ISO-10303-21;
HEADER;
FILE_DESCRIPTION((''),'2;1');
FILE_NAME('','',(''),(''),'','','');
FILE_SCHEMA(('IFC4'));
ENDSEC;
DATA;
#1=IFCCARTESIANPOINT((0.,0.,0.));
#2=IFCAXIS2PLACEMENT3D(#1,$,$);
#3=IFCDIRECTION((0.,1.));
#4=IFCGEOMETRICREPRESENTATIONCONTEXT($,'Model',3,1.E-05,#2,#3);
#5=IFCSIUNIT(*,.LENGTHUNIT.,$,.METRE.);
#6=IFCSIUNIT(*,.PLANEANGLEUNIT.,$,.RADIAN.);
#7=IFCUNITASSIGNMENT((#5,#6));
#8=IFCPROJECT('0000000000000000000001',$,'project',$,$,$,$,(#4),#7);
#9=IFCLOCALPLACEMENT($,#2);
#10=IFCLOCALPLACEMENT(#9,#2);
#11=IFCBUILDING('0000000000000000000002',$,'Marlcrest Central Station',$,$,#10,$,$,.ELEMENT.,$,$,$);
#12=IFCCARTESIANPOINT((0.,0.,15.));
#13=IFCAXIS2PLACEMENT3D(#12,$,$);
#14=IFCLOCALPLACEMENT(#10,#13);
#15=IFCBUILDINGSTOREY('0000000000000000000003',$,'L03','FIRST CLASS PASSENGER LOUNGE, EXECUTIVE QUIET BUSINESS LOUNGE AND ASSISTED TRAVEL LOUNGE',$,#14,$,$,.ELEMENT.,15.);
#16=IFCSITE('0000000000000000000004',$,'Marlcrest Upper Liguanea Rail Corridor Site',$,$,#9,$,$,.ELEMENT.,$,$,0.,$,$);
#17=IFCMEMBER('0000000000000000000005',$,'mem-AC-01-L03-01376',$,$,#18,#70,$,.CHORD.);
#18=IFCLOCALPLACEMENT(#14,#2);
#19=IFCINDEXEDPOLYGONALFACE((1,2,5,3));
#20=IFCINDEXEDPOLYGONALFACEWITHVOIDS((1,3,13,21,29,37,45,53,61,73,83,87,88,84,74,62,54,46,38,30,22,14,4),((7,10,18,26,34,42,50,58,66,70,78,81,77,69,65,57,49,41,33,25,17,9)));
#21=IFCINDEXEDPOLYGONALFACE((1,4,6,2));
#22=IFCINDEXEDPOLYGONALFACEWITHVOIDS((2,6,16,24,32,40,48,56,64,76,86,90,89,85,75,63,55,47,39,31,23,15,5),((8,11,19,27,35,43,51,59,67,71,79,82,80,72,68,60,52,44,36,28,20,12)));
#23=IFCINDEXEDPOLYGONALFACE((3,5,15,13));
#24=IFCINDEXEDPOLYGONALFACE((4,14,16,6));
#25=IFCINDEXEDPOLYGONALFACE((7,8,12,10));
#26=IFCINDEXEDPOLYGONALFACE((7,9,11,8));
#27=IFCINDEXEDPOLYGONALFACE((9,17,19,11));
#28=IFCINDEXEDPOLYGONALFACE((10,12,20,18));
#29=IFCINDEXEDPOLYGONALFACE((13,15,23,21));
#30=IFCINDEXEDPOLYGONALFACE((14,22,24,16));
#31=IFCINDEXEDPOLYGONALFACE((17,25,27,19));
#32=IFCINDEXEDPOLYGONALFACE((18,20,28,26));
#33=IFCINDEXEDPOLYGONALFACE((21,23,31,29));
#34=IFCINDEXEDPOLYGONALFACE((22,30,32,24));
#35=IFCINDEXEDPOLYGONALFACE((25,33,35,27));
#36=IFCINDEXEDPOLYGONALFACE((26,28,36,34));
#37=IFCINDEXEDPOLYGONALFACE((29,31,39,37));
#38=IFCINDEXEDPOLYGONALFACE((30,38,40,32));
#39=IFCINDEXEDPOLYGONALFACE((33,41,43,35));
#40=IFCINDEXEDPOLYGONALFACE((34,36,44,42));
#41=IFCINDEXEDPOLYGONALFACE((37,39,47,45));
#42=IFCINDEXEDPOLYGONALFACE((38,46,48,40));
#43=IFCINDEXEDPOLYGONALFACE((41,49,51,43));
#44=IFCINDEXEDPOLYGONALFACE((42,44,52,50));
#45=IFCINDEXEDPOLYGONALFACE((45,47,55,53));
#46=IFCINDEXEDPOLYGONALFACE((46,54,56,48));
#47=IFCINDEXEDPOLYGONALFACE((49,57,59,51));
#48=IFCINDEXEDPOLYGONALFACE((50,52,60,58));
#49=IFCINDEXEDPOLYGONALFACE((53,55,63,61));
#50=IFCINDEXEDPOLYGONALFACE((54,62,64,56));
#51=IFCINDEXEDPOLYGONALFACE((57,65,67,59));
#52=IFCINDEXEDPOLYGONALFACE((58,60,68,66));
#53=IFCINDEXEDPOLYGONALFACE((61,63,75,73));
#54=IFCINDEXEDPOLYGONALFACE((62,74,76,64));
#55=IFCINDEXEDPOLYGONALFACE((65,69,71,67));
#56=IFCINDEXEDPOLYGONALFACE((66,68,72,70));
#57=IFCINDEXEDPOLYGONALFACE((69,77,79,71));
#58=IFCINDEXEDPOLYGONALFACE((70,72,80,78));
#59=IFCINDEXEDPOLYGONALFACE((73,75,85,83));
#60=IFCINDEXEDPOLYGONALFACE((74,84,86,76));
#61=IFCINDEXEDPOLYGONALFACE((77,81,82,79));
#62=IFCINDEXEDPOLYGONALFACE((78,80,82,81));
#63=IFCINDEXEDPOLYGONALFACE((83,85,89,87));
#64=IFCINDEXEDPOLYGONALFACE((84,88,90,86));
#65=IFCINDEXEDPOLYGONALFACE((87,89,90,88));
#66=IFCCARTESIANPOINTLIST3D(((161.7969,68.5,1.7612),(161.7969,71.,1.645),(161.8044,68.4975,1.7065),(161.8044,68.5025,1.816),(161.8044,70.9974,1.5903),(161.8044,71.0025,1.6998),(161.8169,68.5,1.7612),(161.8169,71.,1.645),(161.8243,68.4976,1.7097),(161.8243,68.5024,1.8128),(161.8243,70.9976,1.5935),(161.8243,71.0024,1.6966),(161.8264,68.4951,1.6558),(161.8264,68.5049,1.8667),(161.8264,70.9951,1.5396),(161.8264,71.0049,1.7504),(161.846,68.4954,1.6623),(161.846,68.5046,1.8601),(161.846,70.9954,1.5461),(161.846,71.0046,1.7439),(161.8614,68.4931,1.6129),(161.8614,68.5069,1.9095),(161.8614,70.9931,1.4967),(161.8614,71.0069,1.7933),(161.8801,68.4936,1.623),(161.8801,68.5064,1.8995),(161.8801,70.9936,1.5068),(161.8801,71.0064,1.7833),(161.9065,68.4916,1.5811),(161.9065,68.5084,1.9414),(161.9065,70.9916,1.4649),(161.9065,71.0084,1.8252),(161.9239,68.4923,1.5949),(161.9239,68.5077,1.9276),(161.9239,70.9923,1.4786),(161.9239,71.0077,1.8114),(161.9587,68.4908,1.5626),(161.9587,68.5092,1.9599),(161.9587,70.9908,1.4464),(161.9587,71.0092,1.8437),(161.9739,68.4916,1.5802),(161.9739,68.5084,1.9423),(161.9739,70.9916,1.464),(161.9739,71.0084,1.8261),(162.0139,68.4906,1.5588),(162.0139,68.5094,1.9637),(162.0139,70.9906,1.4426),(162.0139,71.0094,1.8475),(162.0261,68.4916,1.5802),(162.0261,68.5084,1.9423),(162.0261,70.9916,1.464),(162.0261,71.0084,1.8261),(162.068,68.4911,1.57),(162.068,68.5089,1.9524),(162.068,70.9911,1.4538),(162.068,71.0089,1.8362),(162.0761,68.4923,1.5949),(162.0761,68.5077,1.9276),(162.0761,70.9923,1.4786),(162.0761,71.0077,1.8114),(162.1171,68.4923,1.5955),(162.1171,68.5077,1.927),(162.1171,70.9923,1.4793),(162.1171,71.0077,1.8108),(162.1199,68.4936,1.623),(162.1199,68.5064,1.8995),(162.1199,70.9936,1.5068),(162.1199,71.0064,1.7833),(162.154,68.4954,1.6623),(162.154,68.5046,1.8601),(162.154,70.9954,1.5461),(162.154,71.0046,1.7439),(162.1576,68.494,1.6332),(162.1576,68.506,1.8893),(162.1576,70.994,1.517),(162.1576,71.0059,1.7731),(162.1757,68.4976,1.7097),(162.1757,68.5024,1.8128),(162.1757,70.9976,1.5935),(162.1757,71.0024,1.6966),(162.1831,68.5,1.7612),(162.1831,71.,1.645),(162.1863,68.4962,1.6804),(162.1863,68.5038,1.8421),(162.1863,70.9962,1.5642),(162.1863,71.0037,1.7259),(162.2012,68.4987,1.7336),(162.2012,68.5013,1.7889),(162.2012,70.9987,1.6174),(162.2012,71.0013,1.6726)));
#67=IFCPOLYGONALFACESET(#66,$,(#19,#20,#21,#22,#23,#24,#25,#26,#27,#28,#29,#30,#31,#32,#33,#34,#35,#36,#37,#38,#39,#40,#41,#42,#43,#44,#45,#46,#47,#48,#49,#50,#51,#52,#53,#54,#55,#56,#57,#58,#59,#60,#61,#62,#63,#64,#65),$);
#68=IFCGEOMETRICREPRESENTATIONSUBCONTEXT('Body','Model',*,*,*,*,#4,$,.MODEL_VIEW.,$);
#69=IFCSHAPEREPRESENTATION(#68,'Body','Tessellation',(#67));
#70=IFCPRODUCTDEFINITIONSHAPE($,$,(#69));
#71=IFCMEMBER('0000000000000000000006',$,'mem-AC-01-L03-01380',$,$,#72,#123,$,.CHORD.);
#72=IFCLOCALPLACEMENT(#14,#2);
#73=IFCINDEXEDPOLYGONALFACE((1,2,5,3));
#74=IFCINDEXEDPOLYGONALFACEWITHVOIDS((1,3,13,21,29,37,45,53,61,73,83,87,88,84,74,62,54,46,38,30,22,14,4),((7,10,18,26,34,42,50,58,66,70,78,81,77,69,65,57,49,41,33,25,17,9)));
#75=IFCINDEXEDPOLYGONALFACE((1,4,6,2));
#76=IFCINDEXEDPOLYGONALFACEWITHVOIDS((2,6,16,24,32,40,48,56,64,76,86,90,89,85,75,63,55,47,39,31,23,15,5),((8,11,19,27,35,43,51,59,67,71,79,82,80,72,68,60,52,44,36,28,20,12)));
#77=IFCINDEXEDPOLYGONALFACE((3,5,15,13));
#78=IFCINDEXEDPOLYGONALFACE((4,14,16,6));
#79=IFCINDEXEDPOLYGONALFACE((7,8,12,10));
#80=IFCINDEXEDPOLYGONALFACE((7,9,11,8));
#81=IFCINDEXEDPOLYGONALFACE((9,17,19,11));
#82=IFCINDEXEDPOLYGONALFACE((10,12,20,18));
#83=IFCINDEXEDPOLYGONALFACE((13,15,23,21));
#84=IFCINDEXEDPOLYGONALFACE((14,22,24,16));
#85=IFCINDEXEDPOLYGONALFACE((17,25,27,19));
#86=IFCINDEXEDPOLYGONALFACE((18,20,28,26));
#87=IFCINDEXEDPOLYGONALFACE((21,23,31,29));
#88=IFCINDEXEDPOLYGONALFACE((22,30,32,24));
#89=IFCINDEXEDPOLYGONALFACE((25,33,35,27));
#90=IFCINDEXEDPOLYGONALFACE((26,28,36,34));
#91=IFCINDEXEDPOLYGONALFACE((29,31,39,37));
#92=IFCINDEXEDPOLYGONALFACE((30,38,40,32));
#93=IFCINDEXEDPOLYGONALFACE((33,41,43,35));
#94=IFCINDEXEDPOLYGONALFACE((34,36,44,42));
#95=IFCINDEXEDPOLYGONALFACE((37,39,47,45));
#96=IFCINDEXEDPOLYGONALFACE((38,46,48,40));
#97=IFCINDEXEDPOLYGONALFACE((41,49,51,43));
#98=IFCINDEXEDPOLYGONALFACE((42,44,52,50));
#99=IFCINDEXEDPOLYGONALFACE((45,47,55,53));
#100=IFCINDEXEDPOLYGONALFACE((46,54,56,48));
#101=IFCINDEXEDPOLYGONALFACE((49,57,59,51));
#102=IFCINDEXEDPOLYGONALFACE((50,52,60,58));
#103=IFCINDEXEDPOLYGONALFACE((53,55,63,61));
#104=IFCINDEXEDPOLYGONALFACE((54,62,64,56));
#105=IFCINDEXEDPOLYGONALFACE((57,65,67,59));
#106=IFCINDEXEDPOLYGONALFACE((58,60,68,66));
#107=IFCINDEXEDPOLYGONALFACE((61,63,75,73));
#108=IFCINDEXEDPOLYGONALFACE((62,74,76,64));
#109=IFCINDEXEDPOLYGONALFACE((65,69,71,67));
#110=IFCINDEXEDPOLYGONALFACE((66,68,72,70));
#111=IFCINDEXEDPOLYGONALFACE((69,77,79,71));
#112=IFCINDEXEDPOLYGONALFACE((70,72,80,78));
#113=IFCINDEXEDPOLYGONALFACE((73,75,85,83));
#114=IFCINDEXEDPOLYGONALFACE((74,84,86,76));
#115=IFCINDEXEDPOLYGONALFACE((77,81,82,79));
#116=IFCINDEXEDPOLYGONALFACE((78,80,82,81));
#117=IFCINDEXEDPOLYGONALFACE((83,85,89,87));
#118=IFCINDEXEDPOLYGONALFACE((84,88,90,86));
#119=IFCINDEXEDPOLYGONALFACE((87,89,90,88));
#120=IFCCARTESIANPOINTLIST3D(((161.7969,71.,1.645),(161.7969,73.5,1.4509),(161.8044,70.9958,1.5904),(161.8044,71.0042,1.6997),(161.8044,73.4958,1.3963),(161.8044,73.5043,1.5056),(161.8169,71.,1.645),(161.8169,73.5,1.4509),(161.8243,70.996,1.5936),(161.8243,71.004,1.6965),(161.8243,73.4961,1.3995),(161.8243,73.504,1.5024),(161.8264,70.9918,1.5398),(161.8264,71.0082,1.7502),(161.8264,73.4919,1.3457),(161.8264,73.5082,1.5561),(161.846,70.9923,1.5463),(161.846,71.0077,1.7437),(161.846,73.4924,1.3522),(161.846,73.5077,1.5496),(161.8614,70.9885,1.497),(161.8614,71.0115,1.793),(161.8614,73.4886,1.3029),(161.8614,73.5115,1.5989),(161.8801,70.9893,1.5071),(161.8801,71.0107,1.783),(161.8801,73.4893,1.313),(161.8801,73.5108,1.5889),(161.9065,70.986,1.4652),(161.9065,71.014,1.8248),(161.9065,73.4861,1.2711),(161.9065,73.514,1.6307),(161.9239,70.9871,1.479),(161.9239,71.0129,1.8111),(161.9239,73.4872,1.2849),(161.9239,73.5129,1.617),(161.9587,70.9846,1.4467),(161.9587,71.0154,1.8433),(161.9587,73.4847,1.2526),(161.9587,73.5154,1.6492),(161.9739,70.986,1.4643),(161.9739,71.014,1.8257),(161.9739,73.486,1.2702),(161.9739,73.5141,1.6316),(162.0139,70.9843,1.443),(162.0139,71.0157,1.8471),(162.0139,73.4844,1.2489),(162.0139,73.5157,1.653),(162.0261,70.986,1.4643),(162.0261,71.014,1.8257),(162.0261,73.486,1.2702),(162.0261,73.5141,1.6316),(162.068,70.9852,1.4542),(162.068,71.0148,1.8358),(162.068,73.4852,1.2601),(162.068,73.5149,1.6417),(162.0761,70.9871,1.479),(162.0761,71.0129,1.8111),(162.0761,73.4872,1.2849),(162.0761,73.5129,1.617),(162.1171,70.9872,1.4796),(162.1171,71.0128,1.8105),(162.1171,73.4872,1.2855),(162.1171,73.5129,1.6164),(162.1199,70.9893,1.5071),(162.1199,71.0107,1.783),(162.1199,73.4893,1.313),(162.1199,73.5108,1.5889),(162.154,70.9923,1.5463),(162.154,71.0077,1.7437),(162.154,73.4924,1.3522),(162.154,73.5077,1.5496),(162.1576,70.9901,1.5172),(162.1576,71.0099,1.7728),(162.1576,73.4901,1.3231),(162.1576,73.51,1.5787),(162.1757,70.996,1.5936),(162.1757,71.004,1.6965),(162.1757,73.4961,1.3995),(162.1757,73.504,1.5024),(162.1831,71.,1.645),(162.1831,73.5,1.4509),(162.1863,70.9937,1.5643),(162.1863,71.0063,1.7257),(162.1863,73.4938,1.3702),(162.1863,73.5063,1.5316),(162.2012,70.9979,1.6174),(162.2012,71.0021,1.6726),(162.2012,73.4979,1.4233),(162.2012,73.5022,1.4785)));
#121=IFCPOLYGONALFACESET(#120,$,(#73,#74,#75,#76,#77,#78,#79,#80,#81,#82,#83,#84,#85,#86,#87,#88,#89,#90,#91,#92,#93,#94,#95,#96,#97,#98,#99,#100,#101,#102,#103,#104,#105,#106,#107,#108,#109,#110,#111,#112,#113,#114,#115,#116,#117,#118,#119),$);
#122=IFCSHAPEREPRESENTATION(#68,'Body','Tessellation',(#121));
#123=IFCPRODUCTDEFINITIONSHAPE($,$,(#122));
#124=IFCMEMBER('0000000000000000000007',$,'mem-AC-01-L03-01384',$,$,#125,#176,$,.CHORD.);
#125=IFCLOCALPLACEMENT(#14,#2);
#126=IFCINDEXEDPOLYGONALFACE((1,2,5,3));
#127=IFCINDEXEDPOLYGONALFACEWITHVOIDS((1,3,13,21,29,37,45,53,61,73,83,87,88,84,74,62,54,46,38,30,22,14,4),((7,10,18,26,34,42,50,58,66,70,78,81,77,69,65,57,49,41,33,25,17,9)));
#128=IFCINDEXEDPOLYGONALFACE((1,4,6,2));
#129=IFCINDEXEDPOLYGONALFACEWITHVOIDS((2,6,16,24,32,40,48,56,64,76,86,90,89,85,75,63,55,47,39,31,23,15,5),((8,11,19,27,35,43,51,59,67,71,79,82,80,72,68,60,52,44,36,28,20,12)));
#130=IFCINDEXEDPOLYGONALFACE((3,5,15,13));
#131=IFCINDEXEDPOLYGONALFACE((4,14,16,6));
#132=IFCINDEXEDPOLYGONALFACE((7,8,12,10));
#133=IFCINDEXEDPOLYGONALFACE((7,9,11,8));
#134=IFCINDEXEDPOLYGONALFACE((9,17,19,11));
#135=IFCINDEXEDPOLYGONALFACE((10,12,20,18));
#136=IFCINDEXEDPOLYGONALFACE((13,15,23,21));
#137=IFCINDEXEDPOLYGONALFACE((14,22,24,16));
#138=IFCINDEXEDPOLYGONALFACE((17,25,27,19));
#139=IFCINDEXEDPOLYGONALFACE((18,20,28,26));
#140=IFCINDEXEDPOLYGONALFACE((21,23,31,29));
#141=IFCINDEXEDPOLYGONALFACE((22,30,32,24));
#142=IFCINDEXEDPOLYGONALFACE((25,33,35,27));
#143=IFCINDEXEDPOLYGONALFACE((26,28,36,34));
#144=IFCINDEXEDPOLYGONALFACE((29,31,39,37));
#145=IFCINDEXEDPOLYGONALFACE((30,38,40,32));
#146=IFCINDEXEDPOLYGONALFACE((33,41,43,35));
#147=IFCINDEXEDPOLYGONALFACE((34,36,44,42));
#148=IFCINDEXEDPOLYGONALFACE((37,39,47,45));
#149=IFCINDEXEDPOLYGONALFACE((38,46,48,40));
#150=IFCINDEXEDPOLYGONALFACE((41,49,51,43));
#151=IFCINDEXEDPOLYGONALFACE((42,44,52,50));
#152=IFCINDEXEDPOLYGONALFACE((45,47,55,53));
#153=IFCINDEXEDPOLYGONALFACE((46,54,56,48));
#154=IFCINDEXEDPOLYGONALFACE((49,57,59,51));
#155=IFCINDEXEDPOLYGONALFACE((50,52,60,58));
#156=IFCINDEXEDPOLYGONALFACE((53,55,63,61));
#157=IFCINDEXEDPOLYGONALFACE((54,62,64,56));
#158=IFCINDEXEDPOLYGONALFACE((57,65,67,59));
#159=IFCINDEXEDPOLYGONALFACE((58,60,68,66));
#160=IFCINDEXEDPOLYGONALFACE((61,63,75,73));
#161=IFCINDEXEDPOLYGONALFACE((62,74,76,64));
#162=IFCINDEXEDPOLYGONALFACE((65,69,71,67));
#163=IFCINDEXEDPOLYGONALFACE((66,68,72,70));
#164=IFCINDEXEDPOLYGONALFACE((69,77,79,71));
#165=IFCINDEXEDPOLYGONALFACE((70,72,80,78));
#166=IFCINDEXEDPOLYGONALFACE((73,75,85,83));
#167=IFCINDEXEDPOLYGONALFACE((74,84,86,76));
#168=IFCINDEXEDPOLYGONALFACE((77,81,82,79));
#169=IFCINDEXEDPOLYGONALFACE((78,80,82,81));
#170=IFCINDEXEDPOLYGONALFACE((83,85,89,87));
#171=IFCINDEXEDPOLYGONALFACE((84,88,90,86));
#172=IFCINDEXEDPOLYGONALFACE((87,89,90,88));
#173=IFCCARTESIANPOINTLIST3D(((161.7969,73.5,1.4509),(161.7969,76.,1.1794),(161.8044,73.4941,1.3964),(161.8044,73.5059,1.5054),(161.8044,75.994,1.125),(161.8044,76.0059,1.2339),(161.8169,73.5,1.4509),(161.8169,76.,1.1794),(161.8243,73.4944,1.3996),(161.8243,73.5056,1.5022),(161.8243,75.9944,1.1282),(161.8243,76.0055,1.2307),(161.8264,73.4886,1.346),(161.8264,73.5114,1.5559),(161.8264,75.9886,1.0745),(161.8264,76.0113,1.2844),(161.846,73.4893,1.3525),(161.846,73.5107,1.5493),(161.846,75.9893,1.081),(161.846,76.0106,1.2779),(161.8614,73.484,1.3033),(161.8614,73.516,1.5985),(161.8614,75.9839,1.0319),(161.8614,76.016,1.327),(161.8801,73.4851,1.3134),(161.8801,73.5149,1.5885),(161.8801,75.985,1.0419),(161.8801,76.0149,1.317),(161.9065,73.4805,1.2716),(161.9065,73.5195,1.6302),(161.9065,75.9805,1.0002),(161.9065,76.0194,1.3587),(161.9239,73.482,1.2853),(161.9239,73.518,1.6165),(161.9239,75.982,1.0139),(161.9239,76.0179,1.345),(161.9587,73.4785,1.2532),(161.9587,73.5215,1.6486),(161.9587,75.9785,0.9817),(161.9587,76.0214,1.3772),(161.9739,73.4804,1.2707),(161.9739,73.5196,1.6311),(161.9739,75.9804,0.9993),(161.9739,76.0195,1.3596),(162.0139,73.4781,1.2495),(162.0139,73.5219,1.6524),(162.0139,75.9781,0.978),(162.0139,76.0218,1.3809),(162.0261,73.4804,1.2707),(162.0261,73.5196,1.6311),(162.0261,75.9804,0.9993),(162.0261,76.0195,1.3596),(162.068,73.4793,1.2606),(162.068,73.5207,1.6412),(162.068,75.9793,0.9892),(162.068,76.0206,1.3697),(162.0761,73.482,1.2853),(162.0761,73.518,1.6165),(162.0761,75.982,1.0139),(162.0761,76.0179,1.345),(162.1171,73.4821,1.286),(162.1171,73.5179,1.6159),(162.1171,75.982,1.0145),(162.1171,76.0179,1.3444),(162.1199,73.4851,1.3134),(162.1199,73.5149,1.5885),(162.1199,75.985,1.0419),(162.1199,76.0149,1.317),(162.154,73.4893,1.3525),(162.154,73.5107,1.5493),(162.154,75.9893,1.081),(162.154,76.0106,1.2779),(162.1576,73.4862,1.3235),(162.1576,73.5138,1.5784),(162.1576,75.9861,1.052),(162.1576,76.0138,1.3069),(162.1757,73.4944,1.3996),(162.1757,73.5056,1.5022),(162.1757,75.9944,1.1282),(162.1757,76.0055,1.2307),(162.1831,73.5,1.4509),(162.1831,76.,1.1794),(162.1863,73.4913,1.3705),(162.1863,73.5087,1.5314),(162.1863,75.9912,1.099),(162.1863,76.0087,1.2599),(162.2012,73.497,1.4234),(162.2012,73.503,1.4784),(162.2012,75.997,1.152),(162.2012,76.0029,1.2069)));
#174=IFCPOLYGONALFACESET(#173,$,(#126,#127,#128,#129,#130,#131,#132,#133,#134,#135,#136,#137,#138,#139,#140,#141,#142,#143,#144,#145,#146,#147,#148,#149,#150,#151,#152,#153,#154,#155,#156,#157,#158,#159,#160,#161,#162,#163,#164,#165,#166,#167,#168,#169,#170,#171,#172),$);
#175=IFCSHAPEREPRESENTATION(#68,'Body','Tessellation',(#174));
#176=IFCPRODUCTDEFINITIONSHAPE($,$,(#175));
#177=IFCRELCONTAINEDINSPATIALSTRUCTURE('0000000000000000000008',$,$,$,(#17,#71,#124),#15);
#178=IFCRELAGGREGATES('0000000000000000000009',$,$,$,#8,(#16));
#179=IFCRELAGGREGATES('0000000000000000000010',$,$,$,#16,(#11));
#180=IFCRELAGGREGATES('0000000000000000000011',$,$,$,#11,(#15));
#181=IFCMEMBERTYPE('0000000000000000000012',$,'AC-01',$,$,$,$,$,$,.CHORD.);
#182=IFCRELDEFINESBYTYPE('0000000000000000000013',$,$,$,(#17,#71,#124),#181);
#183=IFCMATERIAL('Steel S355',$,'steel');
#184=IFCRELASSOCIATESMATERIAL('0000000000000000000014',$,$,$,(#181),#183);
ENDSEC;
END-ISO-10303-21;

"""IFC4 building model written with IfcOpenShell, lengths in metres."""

from ifc_helpers import new_model, si_unit, direction, frame, origin, origin_2d, place, context, subcontext, project, spatial, hollow_circle, extrude, material, material_profile, profile_set, type_object, element, save


model = new_model("IFC4")

# Units and contexts
model_context = context("Model", 3, precision=1e-05, world=origin(), true_north=direction((0.0, 1.0)))
body_context = subcontext(model_context, "Body", "Model", "MODEL_VIEW")
ifc_project = project(units=[si_unit("LENGTHUNIT", "METRE"), si_unit("PLANEANGLEUNIT", "RADIAN")], contexts=[model_context])

# Site, building, storey
site_placement = place(None, origin())
site = spatial("IfcSite", under=ifc_project, at=site_placement, Name="Marlcrest Upper Liguanea Rail Corridor Site", CompositionType="ELEMENT", RefElevation=0.0)
building_placement = place(site_placement, origin())
building = spatial("IfcBuilding", under=site, at=building_placement, Name="Marlcrest Central Station", CompositionType="ELEMENT")
storey_placement = place(building_placement, frame((0.0, 0.0, 15.0)))
storey = spatial("IfcBuildingStorey", under=building, at=storey_placement, Name="L03", Description="FIRST CLASS PASSENGER LOUNGE, EXECUTIVE QUIET BUSINESS LOUNGE AND ASSISTED TRAVEL LOUNGE", CompositionType="ELEMENT", Elevation=15.0)

# Members
ifc_material_1 = material(Name="Steel S355", Category="steel")
ifc_material_profile_1 = material_profile(ifc_material_1, hollow_circle(Radius=0.2031, WallThickness=0.02, at=origin_2d()), Name="CHS 406.4x20")
ifc_profile_set_1 = profile_set([ifc_material_profile_1], Name="Steel S355")
member_type_1 = type_object("IfcMemberType", Name="AC-01", PredefinedType="CHORD", material=ifc_profile_set_1)
member_1_placement = place(storey_placement, frame((162.0, 68.5, 1.7612), z_axis=(0.0, 0.998921, -0.046434), x_axis=(-1.0, 0.0, 0.0)))
element("IfcMember", 1, at=member_1_placement, inside=storey, type_object=member_type_1, Name="mem-AC-01-L03-01376", PredefinedType="CHORD", context=body_context, shape_type="SweptSolid", body=[
    extrude(hollow_circle(Radius=0.2031, WallThickness=0.02, at=origin_2d()), origin(), (0.0, 0.0, 1.0), 2.5027),
])
member_2_placement = place(storey_placement, frame((162.0, 71.0, 1.645), z_axis=(0.0, 0.997, -0.077404), x_axis=(-1.0, 0.0, 0.0)))
element("IfcMember", 2, at=member_2_placement, inside=storey, type_object=member_type_1, Name="mem-AC-01-L03-01380", PredefinedType="CHORD", context=body_context, shape_type="SweptSolid", body=[
    extrude(hollow_circle(Radius=0.2031, WallThickness=0.02, at=origin_2d()), origin(), (0.0, 0.0, 1.0), 2.5076),
])
member_3_placement = place(storey_placement, frame((162.0, 73.5, 1.4509), z_axis=(0.0, 0.994155, -0.107959), x_axis=(-1.0, 0.0, 0.0)))
element("IfcMember", 3, at=member_3_placement, inside=storey, type_object=member_type_1, Name="mem-AC-01-L03-01384", PredefinedType="CHORD", context=body_context, shape_type="SweptSolid", body=[
    extrude(hollow_circle(Radius=0.2031, WallThickness=0.02, at=origin_2d()), origin(), (0.0, 0.0, 1.0), 2.5146),
])

save(model, "model.ifc")
